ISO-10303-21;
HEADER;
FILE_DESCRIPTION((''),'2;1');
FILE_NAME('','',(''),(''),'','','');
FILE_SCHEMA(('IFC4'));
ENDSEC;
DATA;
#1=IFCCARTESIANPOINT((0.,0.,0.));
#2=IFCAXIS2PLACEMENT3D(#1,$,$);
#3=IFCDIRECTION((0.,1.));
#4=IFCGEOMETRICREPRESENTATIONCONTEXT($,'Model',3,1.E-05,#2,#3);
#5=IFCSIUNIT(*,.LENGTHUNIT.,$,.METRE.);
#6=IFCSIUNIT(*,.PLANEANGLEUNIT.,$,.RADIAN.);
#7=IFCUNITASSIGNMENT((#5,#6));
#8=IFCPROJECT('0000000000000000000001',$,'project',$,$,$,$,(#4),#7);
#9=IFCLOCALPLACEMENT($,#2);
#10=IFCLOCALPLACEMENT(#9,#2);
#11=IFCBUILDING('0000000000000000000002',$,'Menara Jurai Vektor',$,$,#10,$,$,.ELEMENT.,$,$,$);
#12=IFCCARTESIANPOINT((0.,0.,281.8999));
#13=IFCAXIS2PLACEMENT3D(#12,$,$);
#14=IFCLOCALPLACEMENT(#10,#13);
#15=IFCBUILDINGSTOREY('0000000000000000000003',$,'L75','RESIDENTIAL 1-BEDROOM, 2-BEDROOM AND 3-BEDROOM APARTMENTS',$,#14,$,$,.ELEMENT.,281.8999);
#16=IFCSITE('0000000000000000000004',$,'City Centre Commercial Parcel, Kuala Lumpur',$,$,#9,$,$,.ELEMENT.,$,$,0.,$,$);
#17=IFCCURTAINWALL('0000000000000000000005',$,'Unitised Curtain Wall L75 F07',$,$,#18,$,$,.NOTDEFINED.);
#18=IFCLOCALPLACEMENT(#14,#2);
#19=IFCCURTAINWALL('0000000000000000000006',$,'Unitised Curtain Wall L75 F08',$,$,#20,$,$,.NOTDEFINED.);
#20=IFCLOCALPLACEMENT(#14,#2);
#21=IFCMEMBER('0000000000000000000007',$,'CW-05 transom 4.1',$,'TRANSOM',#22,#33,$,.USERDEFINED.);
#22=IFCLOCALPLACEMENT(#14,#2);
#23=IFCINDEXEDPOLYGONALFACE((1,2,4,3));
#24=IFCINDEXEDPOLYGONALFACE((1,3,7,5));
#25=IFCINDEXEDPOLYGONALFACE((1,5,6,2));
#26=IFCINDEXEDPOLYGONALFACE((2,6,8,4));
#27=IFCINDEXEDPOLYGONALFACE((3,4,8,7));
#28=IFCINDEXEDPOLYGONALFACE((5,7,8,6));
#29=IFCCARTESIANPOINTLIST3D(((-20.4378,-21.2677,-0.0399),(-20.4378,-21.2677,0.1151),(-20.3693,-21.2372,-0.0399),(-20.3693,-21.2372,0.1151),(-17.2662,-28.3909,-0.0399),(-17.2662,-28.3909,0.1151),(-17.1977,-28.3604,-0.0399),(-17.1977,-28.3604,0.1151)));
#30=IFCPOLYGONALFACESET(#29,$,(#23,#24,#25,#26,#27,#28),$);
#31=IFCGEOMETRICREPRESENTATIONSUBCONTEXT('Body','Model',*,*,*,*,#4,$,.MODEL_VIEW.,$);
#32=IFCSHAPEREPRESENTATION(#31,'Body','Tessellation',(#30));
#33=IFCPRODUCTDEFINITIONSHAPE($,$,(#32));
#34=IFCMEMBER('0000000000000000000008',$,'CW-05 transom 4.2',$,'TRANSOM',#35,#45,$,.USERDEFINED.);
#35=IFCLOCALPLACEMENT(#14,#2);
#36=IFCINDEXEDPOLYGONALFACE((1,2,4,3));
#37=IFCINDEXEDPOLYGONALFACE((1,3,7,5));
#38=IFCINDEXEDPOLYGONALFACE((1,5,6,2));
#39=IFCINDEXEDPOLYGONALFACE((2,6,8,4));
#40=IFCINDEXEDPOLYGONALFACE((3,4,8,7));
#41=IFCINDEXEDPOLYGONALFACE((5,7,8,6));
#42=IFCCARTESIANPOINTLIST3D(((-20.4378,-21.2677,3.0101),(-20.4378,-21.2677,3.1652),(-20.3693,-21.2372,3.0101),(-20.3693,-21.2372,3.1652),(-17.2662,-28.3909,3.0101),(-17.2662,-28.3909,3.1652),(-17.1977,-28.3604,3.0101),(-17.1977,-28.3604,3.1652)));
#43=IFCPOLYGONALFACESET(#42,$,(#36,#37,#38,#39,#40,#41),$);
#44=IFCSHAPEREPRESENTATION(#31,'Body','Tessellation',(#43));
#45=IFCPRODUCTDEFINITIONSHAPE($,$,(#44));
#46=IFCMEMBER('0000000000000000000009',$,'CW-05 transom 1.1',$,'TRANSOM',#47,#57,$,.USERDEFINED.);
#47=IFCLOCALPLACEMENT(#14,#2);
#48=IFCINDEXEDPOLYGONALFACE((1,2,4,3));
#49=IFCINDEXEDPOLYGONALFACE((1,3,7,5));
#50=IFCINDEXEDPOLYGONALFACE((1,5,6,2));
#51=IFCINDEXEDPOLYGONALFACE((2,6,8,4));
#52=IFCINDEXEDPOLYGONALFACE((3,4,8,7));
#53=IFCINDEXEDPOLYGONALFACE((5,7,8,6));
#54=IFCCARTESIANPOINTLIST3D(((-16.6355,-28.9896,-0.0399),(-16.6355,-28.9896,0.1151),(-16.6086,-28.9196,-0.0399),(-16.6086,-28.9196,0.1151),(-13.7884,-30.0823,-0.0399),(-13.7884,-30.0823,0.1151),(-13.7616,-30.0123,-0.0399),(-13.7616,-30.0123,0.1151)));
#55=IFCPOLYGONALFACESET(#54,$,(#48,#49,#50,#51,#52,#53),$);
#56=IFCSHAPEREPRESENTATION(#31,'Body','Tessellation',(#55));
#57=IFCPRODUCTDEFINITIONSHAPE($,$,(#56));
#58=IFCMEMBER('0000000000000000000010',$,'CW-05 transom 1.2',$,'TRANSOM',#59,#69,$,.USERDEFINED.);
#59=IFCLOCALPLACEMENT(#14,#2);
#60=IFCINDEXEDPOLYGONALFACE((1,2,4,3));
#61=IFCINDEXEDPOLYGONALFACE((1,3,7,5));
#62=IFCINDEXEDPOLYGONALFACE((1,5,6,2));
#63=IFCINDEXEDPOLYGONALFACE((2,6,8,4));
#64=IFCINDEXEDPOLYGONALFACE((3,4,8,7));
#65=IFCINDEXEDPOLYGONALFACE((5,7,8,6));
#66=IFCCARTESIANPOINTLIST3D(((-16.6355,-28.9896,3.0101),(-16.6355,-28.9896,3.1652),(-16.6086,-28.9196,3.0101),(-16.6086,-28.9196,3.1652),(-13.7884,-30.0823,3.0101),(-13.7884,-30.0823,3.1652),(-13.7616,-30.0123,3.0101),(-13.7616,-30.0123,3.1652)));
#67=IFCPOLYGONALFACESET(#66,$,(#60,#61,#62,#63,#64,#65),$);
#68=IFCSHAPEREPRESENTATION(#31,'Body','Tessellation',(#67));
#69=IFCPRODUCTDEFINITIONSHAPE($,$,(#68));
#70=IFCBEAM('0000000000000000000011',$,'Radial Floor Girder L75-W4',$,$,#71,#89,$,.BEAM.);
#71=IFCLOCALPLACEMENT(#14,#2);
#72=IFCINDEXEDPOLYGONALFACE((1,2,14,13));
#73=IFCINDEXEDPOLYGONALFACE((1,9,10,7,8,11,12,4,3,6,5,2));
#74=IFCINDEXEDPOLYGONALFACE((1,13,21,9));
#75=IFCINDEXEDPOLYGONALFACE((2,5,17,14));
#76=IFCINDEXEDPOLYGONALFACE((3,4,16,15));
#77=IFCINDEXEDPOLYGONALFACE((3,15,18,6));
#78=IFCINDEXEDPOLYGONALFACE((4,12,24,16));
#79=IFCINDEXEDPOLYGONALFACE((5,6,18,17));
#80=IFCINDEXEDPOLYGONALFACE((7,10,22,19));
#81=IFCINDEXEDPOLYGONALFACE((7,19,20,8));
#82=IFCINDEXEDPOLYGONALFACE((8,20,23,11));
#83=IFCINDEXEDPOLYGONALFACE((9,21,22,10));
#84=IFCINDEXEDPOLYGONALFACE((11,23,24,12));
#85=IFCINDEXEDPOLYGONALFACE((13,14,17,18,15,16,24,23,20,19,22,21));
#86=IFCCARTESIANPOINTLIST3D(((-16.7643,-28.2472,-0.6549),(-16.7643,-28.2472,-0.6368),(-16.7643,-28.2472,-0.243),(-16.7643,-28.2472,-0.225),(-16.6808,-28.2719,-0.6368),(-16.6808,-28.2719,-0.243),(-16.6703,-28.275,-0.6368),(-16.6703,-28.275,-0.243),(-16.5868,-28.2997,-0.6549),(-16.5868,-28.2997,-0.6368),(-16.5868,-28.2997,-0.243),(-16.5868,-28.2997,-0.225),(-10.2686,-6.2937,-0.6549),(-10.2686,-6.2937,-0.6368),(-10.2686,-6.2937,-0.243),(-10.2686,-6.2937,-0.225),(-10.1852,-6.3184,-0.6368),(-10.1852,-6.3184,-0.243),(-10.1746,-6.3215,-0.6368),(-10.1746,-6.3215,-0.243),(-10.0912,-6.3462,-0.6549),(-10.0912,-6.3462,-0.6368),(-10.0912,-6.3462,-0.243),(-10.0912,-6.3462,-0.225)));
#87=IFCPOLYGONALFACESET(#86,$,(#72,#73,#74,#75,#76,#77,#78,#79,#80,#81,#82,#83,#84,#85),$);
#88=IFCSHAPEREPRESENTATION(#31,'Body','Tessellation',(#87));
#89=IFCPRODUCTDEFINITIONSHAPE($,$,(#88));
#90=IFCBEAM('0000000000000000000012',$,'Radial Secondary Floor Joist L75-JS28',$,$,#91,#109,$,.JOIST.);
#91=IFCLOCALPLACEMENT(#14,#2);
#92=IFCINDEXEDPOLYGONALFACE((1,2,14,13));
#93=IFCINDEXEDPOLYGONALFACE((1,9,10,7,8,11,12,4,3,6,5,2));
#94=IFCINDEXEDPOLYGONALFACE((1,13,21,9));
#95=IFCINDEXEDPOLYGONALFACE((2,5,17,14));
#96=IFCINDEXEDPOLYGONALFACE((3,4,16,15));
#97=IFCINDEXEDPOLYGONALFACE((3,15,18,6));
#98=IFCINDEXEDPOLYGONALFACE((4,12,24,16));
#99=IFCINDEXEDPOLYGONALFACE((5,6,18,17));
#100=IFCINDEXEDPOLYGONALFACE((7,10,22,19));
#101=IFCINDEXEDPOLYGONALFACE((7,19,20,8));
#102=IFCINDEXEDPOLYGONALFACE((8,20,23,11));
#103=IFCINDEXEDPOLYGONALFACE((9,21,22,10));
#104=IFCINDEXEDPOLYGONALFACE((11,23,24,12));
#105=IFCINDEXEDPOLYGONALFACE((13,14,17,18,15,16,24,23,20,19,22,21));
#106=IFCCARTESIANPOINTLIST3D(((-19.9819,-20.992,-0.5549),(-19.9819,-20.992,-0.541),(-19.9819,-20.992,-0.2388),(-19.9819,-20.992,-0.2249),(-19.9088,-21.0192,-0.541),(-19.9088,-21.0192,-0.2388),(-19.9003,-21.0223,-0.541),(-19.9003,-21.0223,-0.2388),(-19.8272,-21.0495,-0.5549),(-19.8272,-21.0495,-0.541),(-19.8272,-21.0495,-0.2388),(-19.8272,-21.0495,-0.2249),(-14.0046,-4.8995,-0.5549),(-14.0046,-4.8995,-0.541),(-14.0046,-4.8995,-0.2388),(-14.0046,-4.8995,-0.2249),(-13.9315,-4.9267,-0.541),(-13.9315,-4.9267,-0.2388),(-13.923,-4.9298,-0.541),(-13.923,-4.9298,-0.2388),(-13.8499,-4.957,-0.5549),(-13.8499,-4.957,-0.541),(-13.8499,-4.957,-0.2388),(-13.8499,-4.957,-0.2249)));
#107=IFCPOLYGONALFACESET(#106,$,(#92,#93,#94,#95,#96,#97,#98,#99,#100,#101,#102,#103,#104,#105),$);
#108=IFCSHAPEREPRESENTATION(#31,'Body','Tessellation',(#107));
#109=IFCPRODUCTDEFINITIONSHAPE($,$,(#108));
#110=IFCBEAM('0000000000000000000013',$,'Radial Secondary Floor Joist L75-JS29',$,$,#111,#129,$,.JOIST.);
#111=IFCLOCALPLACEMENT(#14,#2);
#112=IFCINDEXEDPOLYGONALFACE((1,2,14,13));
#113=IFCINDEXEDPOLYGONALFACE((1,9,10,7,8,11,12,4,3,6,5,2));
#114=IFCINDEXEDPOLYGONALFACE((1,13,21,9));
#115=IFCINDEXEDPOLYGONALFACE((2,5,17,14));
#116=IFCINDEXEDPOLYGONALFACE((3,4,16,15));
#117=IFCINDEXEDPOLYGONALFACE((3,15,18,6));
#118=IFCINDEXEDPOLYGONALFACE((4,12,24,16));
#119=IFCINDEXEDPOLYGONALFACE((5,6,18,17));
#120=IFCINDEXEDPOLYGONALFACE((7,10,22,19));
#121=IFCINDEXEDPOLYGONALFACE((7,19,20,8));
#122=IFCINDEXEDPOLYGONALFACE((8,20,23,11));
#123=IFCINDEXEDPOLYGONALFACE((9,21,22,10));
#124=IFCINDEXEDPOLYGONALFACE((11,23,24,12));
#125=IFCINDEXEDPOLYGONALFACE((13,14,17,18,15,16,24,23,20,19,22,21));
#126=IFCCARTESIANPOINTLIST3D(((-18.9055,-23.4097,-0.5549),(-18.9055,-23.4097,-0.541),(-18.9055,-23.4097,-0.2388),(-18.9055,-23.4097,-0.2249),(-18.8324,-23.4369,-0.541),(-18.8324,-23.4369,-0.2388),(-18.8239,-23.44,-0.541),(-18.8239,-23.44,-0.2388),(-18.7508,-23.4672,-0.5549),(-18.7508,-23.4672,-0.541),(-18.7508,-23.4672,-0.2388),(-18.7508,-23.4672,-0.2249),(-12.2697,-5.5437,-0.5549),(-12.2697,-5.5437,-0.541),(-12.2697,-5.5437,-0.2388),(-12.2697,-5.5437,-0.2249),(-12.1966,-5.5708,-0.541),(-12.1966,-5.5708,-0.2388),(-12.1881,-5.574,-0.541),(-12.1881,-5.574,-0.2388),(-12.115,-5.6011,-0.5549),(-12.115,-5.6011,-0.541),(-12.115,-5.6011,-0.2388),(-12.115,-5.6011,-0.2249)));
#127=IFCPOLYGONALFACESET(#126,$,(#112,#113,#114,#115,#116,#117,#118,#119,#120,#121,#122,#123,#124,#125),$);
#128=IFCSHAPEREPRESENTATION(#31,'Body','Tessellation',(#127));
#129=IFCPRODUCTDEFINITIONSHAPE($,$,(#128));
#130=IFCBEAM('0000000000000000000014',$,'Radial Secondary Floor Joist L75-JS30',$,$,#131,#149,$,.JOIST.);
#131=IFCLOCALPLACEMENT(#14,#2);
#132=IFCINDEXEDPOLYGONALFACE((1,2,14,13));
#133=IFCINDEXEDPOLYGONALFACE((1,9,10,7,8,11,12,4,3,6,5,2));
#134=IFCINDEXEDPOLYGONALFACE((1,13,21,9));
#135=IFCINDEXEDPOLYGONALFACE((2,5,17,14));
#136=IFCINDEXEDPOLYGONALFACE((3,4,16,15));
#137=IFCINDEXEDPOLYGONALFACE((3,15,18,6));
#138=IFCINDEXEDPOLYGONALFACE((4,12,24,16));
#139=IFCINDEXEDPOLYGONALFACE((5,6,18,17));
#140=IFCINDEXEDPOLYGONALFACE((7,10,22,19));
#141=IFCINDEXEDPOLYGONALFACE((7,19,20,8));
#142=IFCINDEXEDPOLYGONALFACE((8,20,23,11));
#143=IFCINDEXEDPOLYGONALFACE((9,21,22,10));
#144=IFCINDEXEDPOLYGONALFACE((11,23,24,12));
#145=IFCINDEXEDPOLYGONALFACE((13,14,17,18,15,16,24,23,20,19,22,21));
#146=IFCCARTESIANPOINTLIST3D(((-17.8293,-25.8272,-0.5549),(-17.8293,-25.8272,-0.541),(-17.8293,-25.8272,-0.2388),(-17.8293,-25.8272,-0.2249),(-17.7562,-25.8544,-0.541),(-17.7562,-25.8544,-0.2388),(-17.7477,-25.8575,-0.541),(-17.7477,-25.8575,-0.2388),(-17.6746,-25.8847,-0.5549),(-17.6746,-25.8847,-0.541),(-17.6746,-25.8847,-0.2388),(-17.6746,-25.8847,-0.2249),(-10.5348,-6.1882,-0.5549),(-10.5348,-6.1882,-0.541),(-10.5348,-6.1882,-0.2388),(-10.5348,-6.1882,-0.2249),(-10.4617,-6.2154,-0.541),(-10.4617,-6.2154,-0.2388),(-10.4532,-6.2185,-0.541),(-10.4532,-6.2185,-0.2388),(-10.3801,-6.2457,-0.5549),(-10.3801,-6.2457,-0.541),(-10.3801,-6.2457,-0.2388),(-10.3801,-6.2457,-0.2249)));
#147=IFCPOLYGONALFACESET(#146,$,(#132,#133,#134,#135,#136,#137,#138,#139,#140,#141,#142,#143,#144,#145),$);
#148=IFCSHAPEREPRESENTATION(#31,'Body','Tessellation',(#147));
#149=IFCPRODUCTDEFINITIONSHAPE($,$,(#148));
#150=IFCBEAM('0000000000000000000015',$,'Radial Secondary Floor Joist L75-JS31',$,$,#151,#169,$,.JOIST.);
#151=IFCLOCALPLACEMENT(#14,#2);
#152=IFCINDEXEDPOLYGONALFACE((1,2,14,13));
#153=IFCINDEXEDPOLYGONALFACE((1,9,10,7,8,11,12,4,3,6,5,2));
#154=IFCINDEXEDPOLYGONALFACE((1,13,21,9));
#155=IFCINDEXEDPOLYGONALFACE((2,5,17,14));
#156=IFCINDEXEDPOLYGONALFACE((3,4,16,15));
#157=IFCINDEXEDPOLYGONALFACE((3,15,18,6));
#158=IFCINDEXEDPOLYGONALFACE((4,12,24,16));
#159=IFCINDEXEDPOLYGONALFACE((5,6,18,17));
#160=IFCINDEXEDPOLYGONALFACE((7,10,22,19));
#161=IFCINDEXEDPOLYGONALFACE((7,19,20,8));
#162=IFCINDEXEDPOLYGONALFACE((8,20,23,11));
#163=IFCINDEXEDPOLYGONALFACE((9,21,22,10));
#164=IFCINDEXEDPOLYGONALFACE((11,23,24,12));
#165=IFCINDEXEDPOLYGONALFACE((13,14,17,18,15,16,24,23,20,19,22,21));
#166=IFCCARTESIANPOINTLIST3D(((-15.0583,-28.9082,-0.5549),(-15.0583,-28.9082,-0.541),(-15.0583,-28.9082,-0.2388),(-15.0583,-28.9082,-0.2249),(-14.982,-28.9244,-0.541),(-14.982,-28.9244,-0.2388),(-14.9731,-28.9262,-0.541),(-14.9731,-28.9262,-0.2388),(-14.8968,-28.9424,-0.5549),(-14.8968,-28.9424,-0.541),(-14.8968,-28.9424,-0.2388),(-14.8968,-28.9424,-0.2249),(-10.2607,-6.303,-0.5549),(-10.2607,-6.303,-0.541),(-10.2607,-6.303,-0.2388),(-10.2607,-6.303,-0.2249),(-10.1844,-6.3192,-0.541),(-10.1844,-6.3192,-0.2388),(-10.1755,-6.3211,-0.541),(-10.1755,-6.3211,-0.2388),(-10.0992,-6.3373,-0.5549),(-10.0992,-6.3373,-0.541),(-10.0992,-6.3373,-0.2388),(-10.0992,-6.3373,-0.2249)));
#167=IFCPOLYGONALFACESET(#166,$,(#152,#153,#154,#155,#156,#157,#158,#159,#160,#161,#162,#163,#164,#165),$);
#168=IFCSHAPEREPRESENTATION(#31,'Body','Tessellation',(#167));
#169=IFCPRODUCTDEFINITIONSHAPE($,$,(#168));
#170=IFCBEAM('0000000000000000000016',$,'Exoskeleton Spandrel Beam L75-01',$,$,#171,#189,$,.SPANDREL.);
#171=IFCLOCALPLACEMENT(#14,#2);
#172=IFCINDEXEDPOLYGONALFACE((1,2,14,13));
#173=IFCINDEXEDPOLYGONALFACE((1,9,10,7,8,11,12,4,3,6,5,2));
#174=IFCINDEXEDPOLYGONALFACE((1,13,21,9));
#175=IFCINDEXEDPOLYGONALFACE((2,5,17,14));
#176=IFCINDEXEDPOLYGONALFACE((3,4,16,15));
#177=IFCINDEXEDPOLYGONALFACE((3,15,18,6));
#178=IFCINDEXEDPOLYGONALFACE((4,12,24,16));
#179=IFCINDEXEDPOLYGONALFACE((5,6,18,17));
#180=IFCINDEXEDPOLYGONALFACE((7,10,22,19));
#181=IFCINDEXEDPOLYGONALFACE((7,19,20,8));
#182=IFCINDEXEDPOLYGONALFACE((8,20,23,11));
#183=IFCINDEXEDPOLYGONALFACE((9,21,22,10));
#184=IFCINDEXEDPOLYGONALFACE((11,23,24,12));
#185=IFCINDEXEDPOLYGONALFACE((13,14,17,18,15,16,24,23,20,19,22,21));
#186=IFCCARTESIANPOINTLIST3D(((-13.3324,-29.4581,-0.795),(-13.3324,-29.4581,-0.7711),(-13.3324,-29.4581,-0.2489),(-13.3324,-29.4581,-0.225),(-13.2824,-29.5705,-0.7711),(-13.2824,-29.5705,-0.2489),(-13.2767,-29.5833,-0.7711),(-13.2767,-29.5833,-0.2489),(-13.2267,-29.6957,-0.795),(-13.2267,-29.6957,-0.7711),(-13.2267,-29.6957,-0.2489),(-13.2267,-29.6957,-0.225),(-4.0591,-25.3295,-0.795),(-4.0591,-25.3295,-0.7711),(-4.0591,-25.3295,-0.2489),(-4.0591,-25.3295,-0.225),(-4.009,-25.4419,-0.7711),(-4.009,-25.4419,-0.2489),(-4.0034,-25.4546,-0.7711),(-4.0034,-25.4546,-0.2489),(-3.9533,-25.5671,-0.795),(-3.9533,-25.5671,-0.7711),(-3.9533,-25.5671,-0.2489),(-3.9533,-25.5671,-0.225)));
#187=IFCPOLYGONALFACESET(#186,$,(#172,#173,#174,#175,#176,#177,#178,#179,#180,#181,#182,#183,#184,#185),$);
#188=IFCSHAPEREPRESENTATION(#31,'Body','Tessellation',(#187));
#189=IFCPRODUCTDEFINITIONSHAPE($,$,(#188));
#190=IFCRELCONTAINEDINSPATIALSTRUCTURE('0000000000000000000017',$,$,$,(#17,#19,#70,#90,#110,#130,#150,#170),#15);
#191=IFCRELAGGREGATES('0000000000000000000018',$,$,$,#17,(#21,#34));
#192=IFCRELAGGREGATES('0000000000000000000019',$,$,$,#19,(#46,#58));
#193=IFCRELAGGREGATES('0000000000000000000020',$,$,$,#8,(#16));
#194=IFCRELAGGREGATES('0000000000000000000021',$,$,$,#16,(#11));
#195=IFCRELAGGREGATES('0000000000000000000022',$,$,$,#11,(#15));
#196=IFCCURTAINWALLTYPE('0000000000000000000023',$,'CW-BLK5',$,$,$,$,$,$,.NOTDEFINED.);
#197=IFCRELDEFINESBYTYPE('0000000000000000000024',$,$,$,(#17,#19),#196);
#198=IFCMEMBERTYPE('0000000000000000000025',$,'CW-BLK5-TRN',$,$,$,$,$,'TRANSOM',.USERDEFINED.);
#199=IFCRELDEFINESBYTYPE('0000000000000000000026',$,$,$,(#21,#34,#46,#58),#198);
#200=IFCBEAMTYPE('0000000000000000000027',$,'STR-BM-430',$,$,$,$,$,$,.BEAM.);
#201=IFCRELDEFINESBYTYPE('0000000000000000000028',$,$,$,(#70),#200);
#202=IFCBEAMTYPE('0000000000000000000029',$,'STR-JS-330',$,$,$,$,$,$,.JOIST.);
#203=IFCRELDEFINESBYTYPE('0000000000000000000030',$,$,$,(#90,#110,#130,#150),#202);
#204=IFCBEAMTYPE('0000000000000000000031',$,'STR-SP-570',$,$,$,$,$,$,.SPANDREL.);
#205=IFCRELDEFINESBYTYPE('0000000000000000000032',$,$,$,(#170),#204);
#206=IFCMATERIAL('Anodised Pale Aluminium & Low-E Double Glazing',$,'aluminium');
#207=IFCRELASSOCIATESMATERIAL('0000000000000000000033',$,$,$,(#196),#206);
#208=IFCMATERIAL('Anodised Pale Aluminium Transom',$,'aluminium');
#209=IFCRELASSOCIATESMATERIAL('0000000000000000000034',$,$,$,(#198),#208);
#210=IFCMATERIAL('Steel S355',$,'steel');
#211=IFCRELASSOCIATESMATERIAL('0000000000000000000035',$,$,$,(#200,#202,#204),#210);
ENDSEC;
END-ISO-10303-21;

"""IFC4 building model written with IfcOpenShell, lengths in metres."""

from ifc_helpers import new_model, si_unit, direction, frame, origin, origin_2d, place, context, subcontext, project, spatial, rectangle, i_section, extrude, material, material_profile, profile_set, type_object, element, aggregate, save


model = new_model("IFC4")

# Units and contexts
model_context = context("Model", 3, precision=1e-05, world=origin(), true_north=direction((0.0, 1.0)))
body_context = subcontext(model_context, "Body", "Model", "MODEL_VIEW")
ifc_project = project(units=[si_unit("LENGTHUNIT", "METRE"), si_unit("PLANEANGLEUNIT", "RADIAN")], contexts=[model_context])

# Site, building, storey
site_placement = place(None, origin())
site = spatial("IfcSite", under=ifc_project, at=site_placement, Name="City Centre Commercial Parcel, Kuala Lumpur", CompositionType="ELEMENT", RefElevation=0.0)
building_placement = place(site_placement, origin())
building = spatial("IfcBuilding", under=site, at=building_placement, Name="Menara Jurai Vektor", CompositionType="ELEMENT")
storey_placement = place(building_placement, frame((0.0, 0.0, 281.8999)))
storey = spatial("IfcBuildingStorey", under=building, at=storey_placement, Name="L75", Description="RESIDENTIAL 1-BEDROOM, 2-BEDROOM AND 3-BEDROOM APARTMENTS", CompositionType="ELEMENT", Elevation=281.8999)

# Curtain walls
ifc_material_1 = material(Name="Anodised Pale Aluminium & Low-E Double Glazing", Category="aluminium")
curtain_wall_type = type_object("IfcCurtainWallType", Name="CW-BLK5", PredefinedType="NOTDEFINED", material=ifc_material_1)
curtain_wall_1_placement = place(storey_placement, origin())
curtain_wall_1 = element("IfcCurtainWall", 1, at=curtain_wall_1_placement, inside=storey, type_object=curtain_wall_type, Name="Unitised Curtain Wall L75 F07", PredefinedType="NOTDEFINED")
curtain_wall_2_placement = place(storey_placement, origin())
curtain_wall_2 = element("IfcCurtainWall", 2, at=curtain_wall_2_placement, inside=storey, type_object=curtain_wall_type, Name="Unitised Curtain Wall L75 F08", PredefinedType="NOTDEFINED")

# Members
ifc_material_2 = material(Name="Anodised Pale Aluminium Transom", Category="aluminium")
ifc_material_profile_1 = material_profile(ifc_material_2, rectangle(XDim=0.075, YDim=0.155, at=origin_2d()), Name="ALU TRN 75x155")
ifc_profile_set_1 = profile_set([ifc_material_profile_1], Name="Anodised Pale Aluminium Transom")
member_type_1 = type_object("IfcMemberType", Name="CW-BLK5-TRN", ElementType="TRANSOM", PredefinedType="USERDEFINED", material=ifc_profile_set_1)
member_1_placement = place(storey_placement, frame((-20.4036, -21.2524, 0.0376), z_axis=(0.406751, -0.913539, 0.0), x_axis=(0.913539, 0.406751, 0.0)))
member_1 = element("IfcMember", 3, at=member_1_placement, type_object=member_type_1, Name="CW-05 transom 4.1", ObjectType="TRANSOM", PredefinedType="USERDEFINED", context=body_context, shape_type="SweptSolid", body=[
    extrude(rectangle(XDim=0.075, YDim=0.155, at=origin_2d()), origin(), (0.0, 0.0, 1.0), 7.7974),
])
member_2_placement = place(storey_placement, frame((-20.4036, -21.2524, 3.0876), z_axis=(0.406751, -0.913539, 0.0), x_axis=(0.913539, 0.406751, 0.0)))
member_2 = element("IfcMember", 4, at=member_2_placement, type_object=member_type_1, Name="CW-05 transom 4.2", ObjectType="TRANSOM", PredefinedType="USERDEFINED", context=body_context, shape_type="SweptSolid", body=[
    extrude(rectangle(XDim=0.075, YDim=0.155, at=origin_2d()), origin(), (0.0, 0.0, 1.0), 7.7974),
])
member_3_placement = place(storey_placement, frame((-16.6221, -28.9546, 0.0376), z_axis=(0.933597, -0.358325, 0.0), x_axis=(0.358325, 0.933597, 0.0)))
member_3 = element("IfcMember", 5, at=member_3_placement, type_object=member_type_1, Name="CW-05 transom 1.1", ObjectType="TRANSOM", PredefinedType="USERDEFINED", context=body_context, shape_type="SweptSolid", body=[
    extrude(rectangle(XDim=0.075, YDim=0.155, at=origin_2d()), origin(), (0.0, 0.0, 1.0), 3.0496),
])
member_4_placement = place(storey_placement, frame((-16.6221, -28.9546, 3.0876), z_axis=(0.933597, -0.358325, 0.0), x_axis=(0.358325, 0.933597, 0.0)))
member_4 = element("IfcMember", 6, at=member_4_placement, type_object=member_type_1, Name="CW-05 transom 1.2", ObjectType="TRANSOM", PredefinedType="USERDEFINED", context=body_context, shape_type="SweptSolid", body=[
    extrude(rectangle(XDim=0.075, YDim=0.155, at=origin_2d()), origin(), (0.0, 0.0, 1.0), 3.0496),
])

# Beams
ifc_material_3 = material(Name="Steel S355", Category="steel")
ifc_material_profile_2 = material_profile(ifc_material_3, i_section(OverallWidth=0.1851, OverallDepth=0.4299, WebThickness=0.011, FlangeThickness=0.0181, at=origin_2d()), Name="PG 430x185x76")
ifc_profile_set_2 = profile_set([ifc_material_profile_2], Name="Steel S355")
beam_type_1 = type_object("IfcBeamType", Name="STR-BM-430", PredefinedType="BEAM", material=ifc_profile_set_2)
beam_1_placement = place(storey_placement, frame((-16.6755, -28.2734, -0.4399), z_axis=(0.283723, 0.958906, 0.0), x_axis=(-0.958906, 0.283723, 0.0)))
element("IfcBeam", 7, at=beam_1_placement, inside=storey, type_object=beam_type_1, Name="Radial Floor Girder L75-W4", PredefinedType="BEAM", context=body_context, shape_type="SweptSolid", body=[
    extrude(i_section(OverallWidth=0.1851, OverallDepth=0.4299, WebThickness=0.011, FlangeThickness=0.0181, at=origin_2d()), origin(), (0.0, 0.0, 1.0), 22.8943),
])
ifc_material_profile_3 = material_profile(ifc_material_3, i_section(OverallWidth=0.165, OverallDepth=0.3301, WebThickness=0.009, FlangeThickness=0.0139, at=origin_2d()), Name="PG 330x165x46")
ifc_profile_set_3 = profile_set([ifc_material_profile_3], Name="Steel S355")
beam_type_2 = type_object("IfcBeamType", Name="STR-JS-330", PredefinedType="JOIST", material=ifc_profile_set_3)
beam_2_placement = place(storey_placement, frame((-19.9045, -21.0208, -0.3899), z_axis=(0.34819, 0.937424, 0.0), x_axis=(-0.937424, 0.34819, 0.0)))
element("IfcBeam", 8, at=beam_2_placement, inside=storey, type_object=beam_type_2, Name="Radial Secondary Floor Joist L75-JS28", PredefinedType="JOIST", context=body_context, shape_type="SweptSolid", body=[
    extrude(i_section(OverallWidth=0.165, OverallDepth=0.3301, WebThickness=0.009, FlangeThickness=0.0139, at=origin_2d()), origin(), (0.0, 0.0, 1.0), 17.1667),
])
beam_3_placement = place(storey_placement, frame((-18.8281, -23.4385, -0.3899), z_axis=(0.348178, 0.937428, 0.0), x_axis=(-0.937428, 0.348178, 0.0)))
element("IfcBeam", 9, at=beam_3_placement, inside=storey, type_object=beam_type_2, Name="Radial Secondary Floor Joist L75-JS29", PredefinedType="JOIST", context=body_context, shape_type="SweptSolid", body=[
    extrude(i_section(OverallWidth=0.165, OverallDepth=0.3301, WebThickness=0.009, FlangeThickness=0.0139, at=origin_2d()), origin(), (0.0, 0.0, 1.0), 19.0586),
])
beam_4_placement = place(storey_placement, frame((-17.752, -25.856, -0.3899), z_axis=(0.348186, 0.937426, 0.0), x_axis=(-0.937426, 0.348186, 0.0)))
element("IfcBeam", 10, at=beam_4_placement, inside=storey, type_object=beam_type_2, Name="Radial Secondary Floor Joist L75-JS30", PredefinedType="JOIST", context=body_context, shape_type="SweptSolid", body=[
    extrude(i_section(OverallWidth=0.165, OverallDepth=0.3301, WebThickness=0.009, FlangeThickness=0.0139, at=origin_2d()), origin(), (0.0, 0.0, 1.0), 20.95),
])
beam_5_placement = place(storey_placement, frame((-14.9775, -28.9253, -0.3899), z_axis=(0.20761, 0.978212, 0.0), x_axis=(-0.978212, 0.20761, 0.0)))
element("IfcBeam", 11, at=beam_5_placement, inside=storey, type_object=beam_type_2, Name="Radial Secondary Floor Joist L75-JS31", PredefinedType="JOIST", context=body_context, shape_type="SweptSolid", body=[
    extrude(i_section(OverallWidth=0.165, OverallDepth=0.3301, WebThickness=0.009, FlangeThickness=0.0139, at=origin_2d()), origin(), (0.0, 0.0, 1.0), 23.1086),
])
ifc_material_profile_4 = material_profile(ifc_material_3, i_section(OverallWidth=0.26, OverallDepth=0.5701, WebThickness=0.0139, FlangeThickness=0.0239, at=origin_2d()), Name="PG 570x260x145")
ifc_profile_set_4 = profile_set([ifc_material_profile_4], Name="Steel S355")
beam_type_3 = type_object("IfcBeamType", Name="STR-SP-570", PredefinedType="SPANDREL", material=ifc_profile_set_4)
beam_6_placement = place(storey_placement, frame((-13.2795, -29.5769, -0.51), z_axis=(0.913551, 0.406725, 0.0), x_axis=(-0.406725, 0.913551, 0.0)))
element("IfcBeam", 12, at=beam_6_placement, inside=storey, type_object=beam_type_3, Name="Exoskeleton Spandrel Beam L75-01", PredefinedType="SPANDREL", context=body_context, shape_type="SweptSolid", body=[
    extrude(i_section(OverallWidth=0.26, OverallDepth=0.5701, WebThickness=0.0139, FlangeThickness=0.0239, at=origin_2d()), origin(), (0.0, 0.0, 1.0), 10.1509),
])

aggregate(curtain_wall_1, [member_1, member_2])
aggregate(curtain_wall_2, [member_3, member_4])

save(model, "model.ifc")
